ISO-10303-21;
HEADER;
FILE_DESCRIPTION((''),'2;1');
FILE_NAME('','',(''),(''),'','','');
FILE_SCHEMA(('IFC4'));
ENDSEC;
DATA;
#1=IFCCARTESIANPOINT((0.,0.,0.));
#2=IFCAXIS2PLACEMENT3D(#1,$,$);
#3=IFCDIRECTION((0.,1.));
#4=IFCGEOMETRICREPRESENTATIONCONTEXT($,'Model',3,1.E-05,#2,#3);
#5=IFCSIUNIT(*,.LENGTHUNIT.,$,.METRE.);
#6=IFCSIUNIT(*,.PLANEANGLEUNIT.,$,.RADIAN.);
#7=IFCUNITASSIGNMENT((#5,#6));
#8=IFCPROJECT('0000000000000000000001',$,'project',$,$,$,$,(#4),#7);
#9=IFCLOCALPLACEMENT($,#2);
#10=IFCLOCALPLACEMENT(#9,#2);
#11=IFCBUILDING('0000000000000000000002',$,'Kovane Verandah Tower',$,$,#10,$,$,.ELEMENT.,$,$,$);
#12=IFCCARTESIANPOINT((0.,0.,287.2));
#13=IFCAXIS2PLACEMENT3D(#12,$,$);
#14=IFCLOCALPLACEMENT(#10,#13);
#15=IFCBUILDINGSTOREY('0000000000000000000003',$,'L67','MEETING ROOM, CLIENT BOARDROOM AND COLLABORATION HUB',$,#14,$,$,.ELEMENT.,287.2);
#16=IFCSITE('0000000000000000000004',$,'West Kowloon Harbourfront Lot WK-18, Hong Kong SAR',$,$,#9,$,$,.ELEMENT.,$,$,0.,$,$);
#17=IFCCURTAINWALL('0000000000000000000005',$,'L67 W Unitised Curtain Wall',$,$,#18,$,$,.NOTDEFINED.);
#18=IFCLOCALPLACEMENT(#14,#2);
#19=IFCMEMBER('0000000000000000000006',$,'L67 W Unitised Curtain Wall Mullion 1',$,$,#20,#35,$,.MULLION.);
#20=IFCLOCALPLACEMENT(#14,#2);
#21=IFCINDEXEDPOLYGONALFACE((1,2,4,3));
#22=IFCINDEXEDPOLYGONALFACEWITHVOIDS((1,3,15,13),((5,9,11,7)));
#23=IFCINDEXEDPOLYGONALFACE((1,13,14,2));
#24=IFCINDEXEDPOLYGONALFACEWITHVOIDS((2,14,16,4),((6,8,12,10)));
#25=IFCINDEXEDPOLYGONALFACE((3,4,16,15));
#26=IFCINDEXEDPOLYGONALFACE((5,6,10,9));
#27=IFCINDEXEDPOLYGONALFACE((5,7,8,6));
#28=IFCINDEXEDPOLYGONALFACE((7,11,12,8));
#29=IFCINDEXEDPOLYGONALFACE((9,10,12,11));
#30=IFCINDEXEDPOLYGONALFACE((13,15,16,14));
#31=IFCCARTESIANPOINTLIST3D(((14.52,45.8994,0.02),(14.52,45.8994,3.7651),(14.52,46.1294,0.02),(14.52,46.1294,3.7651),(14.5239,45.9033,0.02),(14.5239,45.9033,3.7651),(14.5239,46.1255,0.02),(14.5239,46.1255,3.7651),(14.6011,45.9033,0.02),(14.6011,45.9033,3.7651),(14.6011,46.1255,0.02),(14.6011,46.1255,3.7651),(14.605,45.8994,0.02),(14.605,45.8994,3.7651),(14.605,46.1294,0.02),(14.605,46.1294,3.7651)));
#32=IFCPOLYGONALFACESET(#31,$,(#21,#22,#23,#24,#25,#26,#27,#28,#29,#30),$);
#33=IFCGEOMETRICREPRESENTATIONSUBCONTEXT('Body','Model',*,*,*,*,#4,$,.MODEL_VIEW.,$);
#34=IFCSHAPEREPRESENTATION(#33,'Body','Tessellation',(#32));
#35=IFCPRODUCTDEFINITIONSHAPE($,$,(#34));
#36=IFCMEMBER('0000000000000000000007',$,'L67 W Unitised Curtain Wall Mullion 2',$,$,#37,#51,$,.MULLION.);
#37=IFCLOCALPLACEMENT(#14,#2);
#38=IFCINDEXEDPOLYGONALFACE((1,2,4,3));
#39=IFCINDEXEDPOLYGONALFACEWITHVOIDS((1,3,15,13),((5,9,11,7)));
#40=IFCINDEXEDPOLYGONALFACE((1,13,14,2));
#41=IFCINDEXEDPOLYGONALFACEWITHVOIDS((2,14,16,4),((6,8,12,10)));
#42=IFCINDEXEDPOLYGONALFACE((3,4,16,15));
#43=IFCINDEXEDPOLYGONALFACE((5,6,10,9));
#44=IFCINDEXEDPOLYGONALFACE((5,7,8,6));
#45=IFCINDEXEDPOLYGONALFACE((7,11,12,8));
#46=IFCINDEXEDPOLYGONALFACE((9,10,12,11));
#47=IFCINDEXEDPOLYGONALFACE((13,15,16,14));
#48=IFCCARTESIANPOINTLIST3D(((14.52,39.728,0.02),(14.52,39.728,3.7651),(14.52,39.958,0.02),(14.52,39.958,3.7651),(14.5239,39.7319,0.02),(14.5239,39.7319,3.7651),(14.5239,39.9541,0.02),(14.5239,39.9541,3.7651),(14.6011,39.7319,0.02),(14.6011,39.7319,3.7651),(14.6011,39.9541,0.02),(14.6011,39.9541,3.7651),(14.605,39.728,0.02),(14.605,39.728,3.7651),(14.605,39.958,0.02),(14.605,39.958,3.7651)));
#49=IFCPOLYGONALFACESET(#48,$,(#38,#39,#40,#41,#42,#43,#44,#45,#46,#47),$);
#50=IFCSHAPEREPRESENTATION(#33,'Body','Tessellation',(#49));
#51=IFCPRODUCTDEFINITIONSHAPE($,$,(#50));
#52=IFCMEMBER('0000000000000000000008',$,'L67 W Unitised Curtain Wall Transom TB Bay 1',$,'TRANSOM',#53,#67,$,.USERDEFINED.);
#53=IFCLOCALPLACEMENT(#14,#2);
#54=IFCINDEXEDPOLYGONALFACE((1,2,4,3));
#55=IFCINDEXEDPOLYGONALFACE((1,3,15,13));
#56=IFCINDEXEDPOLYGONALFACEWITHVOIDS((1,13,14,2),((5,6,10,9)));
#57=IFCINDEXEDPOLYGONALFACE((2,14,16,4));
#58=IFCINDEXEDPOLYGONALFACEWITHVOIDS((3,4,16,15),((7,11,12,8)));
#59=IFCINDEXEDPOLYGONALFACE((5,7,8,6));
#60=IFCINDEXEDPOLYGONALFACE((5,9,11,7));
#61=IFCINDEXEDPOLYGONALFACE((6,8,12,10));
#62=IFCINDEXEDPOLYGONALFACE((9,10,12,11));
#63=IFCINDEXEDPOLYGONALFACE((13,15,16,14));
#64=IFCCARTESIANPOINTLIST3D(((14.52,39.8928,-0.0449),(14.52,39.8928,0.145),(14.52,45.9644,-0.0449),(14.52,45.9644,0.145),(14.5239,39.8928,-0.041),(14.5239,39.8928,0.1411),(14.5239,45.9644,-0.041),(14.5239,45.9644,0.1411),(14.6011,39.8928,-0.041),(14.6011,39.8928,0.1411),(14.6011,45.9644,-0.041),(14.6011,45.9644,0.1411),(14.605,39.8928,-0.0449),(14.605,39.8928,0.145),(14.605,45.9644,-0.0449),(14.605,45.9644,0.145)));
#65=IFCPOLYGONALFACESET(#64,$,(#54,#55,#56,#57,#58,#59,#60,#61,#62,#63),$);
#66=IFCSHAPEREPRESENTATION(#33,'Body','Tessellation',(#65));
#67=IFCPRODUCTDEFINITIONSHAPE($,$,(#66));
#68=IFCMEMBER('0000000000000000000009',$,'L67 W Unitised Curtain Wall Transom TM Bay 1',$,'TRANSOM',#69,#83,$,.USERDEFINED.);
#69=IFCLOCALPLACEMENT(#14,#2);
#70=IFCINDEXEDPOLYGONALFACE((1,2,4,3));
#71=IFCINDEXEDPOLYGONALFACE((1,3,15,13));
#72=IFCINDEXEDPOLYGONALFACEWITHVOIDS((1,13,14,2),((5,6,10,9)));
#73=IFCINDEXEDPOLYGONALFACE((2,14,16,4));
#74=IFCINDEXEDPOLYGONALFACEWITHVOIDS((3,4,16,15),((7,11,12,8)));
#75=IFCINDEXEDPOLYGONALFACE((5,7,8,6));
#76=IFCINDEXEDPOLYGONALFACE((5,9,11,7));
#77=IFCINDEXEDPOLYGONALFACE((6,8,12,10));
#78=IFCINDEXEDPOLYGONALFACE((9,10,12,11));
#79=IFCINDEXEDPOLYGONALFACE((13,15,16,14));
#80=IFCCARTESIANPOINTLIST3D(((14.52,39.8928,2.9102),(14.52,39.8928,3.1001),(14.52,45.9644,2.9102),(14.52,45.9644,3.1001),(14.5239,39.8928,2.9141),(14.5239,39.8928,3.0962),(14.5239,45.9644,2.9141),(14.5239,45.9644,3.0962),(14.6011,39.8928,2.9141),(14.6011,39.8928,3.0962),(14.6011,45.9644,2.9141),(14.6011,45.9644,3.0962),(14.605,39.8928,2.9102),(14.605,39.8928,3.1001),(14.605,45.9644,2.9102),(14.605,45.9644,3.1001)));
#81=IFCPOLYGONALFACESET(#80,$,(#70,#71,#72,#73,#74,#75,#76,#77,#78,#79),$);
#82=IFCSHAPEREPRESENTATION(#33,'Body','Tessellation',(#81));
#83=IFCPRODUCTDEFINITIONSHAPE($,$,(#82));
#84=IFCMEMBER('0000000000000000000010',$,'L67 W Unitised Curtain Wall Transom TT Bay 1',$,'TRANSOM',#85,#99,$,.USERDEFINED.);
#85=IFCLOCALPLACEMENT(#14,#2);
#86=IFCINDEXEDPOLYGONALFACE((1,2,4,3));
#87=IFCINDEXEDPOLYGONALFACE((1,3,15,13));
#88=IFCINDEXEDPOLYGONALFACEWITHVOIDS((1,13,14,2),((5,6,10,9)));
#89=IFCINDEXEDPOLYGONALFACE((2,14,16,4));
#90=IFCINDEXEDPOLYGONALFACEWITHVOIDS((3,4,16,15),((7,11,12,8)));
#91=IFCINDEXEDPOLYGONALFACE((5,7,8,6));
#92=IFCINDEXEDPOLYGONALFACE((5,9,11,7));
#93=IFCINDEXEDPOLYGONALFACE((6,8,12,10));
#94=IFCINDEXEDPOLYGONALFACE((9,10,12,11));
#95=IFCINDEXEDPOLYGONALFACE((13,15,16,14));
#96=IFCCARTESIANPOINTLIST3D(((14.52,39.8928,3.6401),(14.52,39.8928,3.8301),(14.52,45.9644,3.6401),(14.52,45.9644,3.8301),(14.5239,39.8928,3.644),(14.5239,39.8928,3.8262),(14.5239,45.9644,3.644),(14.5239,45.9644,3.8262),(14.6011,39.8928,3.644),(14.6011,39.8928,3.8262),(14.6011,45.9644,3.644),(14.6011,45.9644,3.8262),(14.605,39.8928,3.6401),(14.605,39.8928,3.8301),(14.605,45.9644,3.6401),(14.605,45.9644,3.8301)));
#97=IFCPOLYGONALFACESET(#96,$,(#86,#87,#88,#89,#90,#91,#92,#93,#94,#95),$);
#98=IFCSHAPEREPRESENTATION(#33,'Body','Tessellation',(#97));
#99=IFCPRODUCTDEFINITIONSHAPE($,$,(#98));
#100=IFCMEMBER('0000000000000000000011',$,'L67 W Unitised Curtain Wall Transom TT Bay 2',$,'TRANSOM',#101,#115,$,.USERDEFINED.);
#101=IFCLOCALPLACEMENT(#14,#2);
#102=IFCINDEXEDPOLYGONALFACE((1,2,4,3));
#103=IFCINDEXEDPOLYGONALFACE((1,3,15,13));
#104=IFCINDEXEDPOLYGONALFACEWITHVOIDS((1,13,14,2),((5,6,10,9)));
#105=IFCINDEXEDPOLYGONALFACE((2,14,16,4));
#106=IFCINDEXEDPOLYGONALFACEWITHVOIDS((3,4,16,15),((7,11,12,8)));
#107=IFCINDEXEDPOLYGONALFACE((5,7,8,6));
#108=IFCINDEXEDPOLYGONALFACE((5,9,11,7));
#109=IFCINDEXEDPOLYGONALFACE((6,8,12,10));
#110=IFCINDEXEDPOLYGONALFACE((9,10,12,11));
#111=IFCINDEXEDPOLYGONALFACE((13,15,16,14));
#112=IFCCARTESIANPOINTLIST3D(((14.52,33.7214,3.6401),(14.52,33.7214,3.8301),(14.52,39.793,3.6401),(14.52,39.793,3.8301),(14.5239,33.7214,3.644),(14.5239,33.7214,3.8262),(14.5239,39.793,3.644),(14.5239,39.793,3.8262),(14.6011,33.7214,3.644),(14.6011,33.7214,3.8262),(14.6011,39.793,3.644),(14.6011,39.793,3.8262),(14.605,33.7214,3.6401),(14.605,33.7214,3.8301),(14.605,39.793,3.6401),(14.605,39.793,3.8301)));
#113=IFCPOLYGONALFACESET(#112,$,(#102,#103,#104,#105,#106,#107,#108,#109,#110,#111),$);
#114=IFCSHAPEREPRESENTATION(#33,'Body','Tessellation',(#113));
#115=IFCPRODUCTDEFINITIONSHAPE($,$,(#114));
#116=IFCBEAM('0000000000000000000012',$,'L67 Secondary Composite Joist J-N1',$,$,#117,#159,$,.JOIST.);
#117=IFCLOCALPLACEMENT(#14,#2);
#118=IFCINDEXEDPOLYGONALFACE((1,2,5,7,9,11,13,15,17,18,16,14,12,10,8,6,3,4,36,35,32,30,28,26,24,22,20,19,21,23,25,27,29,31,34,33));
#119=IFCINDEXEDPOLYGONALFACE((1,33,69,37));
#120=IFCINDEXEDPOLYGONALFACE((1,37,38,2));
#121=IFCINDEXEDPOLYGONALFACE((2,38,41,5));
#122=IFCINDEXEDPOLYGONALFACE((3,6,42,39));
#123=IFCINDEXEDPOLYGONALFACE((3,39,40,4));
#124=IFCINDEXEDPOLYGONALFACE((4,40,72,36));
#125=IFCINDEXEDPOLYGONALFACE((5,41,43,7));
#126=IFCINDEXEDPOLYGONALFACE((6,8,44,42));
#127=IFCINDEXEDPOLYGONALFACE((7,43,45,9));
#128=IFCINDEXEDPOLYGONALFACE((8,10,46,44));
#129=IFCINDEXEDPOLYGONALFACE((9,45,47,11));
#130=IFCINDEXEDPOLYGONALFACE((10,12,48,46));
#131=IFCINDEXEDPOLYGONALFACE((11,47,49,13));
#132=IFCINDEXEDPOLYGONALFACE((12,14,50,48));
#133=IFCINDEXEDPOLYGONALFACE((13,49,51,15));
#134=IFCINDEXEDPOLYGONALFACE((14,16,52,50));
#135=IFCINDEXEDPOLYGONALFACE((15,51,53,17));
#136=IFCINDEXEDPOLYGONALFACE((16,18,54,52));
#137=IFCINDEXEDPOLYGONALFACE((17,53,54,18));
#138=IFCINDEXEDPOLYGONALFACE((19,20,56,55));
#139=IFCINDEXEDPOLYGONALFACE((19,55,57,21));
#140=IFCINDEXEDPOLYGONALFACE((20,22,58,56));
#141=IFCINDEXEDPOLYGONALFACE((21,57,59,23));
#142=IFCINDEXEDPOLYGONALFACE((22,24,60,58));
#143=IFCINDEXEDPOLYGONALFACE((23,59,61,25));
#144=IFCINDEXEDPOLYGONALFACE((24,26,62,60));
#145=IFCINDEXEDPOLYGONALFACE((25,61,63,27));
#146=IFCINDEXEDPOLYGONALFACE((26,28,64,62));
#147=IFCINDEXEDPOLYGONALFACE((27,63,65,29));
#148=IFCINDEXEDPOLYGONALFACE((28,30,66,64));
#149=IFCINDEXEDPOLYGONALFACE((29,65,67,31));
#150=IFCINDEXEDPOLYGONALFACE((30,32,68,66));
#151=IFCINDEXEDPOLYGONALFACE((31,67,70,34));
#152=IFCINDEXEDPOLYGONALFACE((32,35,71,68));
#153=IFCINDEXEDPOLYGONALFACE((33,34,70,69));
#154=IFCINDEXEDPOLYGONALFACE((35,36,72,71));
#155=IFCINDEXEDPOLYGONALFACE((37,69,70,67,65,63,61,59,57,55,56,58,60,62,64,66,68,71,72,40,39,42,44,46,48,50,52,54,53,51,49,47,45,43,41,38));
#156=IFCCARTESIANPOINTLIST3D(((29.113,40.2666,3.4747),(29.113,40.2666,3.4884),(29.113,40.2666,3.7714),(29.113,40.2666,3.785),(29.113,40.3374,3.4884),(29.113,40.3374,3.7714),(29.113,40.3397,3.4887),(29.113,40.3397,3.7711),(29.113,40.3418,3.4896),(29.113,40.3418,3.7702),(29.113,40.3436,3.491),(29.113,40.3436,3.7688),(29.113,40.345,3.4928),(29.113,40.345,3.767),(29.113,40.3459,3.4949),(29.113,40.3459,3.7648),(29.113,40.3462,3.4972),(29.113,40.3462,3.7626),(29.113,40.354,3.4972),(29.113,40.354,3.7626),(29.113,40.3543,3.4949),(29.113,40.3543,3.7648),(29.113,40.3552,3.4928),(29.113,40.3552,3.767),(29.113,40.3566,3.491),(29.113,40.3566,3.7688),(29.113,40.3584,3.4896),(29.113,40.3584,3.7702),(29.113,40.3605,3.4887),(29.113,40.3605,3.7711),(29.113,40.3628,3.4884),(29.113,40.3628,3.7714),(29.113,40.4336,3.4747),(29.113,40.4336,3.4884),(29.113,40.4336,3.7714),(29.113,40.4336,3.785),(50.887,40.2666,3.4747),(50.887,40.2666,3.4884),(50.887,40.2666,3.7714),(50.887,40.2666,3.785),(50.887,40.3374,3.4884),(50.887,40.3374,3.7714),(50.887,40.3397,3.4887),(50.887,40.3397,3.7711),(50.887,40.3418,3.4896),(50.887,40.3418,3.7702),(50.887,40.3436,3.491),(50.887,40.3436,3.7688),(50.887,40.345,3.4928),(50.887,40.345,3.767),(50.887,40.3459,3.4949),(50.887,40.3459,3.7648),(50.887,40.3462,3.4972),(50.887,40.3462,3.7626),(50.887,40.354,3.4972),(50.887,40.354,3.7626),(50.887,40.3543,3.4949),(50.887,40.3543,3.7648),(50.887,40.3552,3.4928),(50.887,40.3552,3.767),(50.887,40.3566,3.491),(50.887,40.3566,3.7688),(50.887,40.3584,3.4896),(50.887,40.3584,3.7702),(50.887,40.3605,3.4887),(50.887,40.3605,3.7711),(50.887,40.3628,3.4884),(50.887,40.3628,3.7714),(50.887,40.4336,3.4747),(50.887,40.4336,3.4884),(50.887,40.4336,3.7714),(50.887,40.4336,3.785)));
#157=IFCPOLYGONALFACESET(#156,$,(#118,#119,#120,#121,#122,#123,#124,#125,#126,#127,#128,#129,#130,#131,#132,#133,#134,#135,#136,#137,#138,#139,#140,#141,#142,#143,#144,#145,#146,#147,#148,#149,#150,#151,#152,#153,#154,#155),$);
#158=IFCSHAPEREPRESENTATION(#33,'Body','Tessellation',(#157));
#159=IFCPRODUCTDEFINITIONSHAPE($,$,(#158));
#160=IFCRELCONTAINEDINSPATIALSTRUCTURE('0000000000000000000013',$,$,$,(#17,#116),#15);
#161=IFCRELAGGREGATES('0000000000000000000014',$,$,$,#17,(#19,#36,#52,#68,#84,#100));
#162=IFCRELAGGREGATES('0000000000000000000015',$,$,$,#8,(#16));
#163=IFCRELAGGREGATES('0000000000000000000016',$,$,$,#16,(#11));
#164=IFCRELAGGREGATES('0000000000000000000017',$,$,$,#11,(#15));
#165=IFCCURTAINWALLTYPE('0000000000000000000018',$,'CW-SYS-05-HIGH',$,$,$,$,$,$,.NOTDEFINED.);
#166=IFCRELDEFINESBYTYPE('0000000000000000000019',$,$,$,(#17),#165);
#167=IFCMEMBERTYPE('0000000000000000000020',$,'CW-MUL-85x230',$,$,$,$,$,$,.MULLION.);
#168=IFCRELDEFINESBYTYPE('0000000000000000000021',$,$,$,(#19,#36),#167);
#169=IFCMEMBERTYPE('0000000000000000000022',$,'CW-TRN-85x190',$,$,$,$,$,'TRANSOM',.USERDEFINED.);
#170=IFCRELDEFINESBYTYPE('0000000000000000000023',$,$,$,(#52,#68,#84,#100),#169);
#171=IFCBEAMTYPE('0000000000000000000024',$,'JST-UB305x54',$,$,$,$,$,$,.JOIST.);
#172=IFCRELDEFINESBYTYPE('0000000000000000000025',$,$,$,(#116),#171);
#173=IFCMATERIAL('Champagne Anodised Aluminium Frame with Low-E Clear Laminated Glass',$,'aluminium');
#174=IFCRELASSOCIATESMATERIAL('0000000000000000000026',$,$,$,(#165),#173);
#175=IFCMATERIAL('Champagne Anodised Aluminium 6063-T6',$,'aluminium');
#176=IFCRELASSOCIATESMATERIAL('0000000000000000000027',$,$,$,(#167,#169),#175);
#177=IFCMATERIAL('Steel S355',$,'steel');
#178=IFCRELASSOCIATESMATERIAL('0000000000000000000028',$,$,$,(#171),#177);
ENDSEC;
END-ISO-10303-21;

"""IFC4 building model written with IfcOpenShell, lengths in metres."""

from ifc_helpers import new_model, si_unit, direction, frame, origin, origin_2d, place, context, subcontext, project, spatial, hollow_rectangle, i_section, extrude, material, material_profile, profile_set, type_object, element, aggregate, save


model = new_model("IFC4")

# Units and contexts
model_context = context("Model", 3, precision=1e-05, world=origin(), true_north=direction((0.0, 1.0)))
body_context = subcontext(model_context, "Body", "Model", "MODEL_VIEW")
ifc_project = project(units=[si_unit("LENGTHUNIT", "METRE"), si_unit("PLANEANGLEUNIT", "RADIAN")], contexts=[model_context])

# Site, building, storey
site_placement = place(None, origin())
site = spatial("IfcSite", under=ifc_project, at=site_placement, Name="West Kowloon Harbourfront Lot WK-18, Hong Kong SAR", CompositionType="ELEMENT", RefElevation=0.0)
building_placement = place(site_placement, origin())
building = spatial("IfcBuilding", under=site, at=building_placement, Name="Kovane Verandah Tower", CompositionType="ELEMENT")
storey_placement = place(building_placement, frame((0.0, 0.0, 287.2)))
storey = spatial("IfcBuildingStorey", under=building, at=storey_placement, Name="L67", Description="MEETING ROOM, CLIENT BOARDROOM AND COLLABORATION HUB", CompositionType="ELEMENT", Elevation=287.2)

# Shared definitions
ifc_material_1 = material(Name="Steel S355", Category="steel")

# Curtain wall, members
ifc_material_2 = material(Name="Champagne Anodised Aluminium Frame with Low-E Clear Laminated Glass", Category="aluminium")
curtain_wall_type = type_object("IfcCurtainWallType", Name="CW-SYS-05-HIGH", PredefinedType="NOTDEFINED", material=ifc_material_2)
curtain_wall_placement = place(storey_placement, origin())
curtain_wall = element("IfcCurtainWall", 1, at=curtain_wall_placement, inside=storey, type_object=curtain_wall_type, Name="L67 W Unitised Curtain Wall", PredefinedType="NOTDEFINED")
ifc_material_3 = material(Name="Champagne Anodised Aluminium 6063-T6", Category="aluminium")
ifc_material_profile_1 = material_profile(ifc_material_3, hollow_rectangle(XDim=0.085, YDim=0.23, WallThickness=0.0039, at=origin_2d()), Name="AL85x230x4")
ifc_profile_set_1 = profile_set([ifc_material_profile_1], Name="Champagne Anodised Aluminium 6063-T6")
member_type_1 = type_object("IfcMemberType", Name="CW-MUL-85x230", PredefinedType="MULLION", material=ifc_profile_set_1)
member_1_placement = place(storey_placement, frame((14.5625, 46.0144, 0.02), z_axis=(0.0, 0.0, 1.0), x_axis=(-1.0, 0.0, 0.0)))
member_1 = element("IfcMember", 2, at=member_1_placement, type_object=member_type_1, Name="L67 W Unitised Curtain Wall Mullion 1", PredefinedType="MULLION", context=body_context, shape_type="SweptSolid", body=[
    extrude(hollow_rectangle(XDim=0.085, YDim=0.23, WallThickness=0.0039, at=origin_2d()), origin(), (0.0, 0.0, 1.0), 3.7451),
])
member_2_placement = place(storey_placement, frame((14.5625, 39.843, 0.02), z_axis=(0.0, 0.0, 1.0), x_axis=(-1.0, 0.0, 0.0)))
member_2 = element("IfcMember", 3, at=member_2_placement, type_object=member_type_1, Name="L67 W Unitised Curtain Wall Mullion 2", PredefinedType="MULLION", context=body_context, shape_type="SweptSolid", body=[
    extrude(hollow_rectangle(XDim=0.085, YDim=0.23, WallThickness=0.0039, at=origin_2d()), origin(), (0.0, 0.0, 1.0), 3.7451),
])
ifc_material_profile_2 = material_profile(ifc_material_3, hollow_rectangle(XDim=0.085, YDim=0.1899, WallThickness=0.0039, at=origin_2d()), Name="AL85x190x4")
ifc_profile_set_2 = profile_set([ifc_material_profile_2], Name="Champagne Anodised Aluminium 6063-T6")
member_type_2 = type_object("IfcMemberType", Name="CW-TRN-85x190", ElementType="TRANSOM", PredefinedType="USERDEFINED", material=ifc_profile_set_2)
member_3_placement = place(storey_placement, frame((14.5625, 45.9644, 0.05), z_axis=(0.0, -1.0, 0.0), x_axis=(1.0, 0.0, 0.0)))
member_3 = element("IfcMember", 4, at=member_3_placement, type_object=member_type_2, Name="L67 W Unitised Curtain Wall Transom TB Bay 1", ObjectType="TRANSOM", PredefinedType="USERDEFINED", context=body_context, shape_type="SweptSolid", body=[
    extrude(hollow_rectangle(XDim=0.085, YDim=0.1899, WallThickness=0.0039, at=origin_2d()), origin(), (0.0, 0.0, 1.0), 6.0715),
])
member_4_placement = place(storey_placement, frame((14.5625, 45.9644, 3.0051), z_axis=(0.0, -1.0, 0.0), x_axis=(1.0, 0.0, 0.0)))
member_4 = element("IfcMember", 5, at=member_4_placement, type_object=member_type_2, Name="L67 W Unitised Curtain Wall Transom TM Bay 1", ObjectType="TRANSOM", PredefinedType="USERDEFINED", context=body_context, shape_type="SweptSolid", body=[
    extrude(hollow_rectangle(XDim=0.085, YDim=0.1899, WallThickness=0.0039, at=origin_2d()), origin(), (0.0, 0.0, 1.0), 6.0715),
])
member_5_placement = place(storey_placement, frame((14.5625, 45.9644, 3.7351), z_axis=(0.0, -1.0, 0.0), x_axis=(1.0, 0.0, 0.0)))
member_5 = element("IfcMember", 6, at=member_5_placement, type_object=member_type_2, Name="L67 W Unitised Curtain Wall Transom TT Bay 1", ObjectType="TRANSOM", PredefinedType="USERDEFINED", context=body_context, shape_type="SweptSolid", body=[
    extrude(hollow_rectangle(XDim=0.085, YDim=0.1899, WallThickness=0.0039, at=origin_2d()), origin(), (0.0, 0.0, 1.0), 6.0715),
])
member_6_placement = place(storey_placement, frame((14.5625, 39.793, 3.7351), z_axis=(0.0, -1.0, 0.0), x_axis=(1.0, 0.0, 0.0)))
member_6 = element("IfcMember", 7, at=member_6_placement, type_object=member_type_2, Name="L67 W Unitised Curtain Wall Transom TT Bay 2", ObjectType="TRANSOM", PredefinedType="USERDEFINED", context=body_context, shape_type="SweptSolid", body=[
    extrude(hollow_rectangle(XDim=0.085, YDim=0.1899, WallThickness=0.0039, at=origin_2d()), origin(), (0.0, 0.0, 1.0), 6.0715),
])

# Beam
ifc_material_profile_3 = material_profile(ifc_material_1, i_section(OverallWidth=0.167, OverallDepth=0.3103, WebThickness=0.0078, FlangeThickness=0.0137, FilletRadius=0.0088, at=origin_2d()), Name="UB305x165x54")
ifc_profile_set_3 = profile_set([ifc_material_profile_3], Name="Steel S355")
beam_type_1 = type_object("IfcBeamType", Name="JST-UB305x54", PredefinedType="JOIST", material=ifc_profile_set_3)
beam_1_placement = place(storey_placement, frame((29.113, 40.3501, 3.6299), z_axis=(1.0, 0.0, 0.0), x_axis=(0.0, 1.0, 0.0)))
element("IfcBeam", 8, at=beam_1_placement, inside=storey, type_object=beam_type_1, Name="L67 Secondary Composite Joist J-N1", PredefinedType="JOIST", context=body_context, shape_type="SweptSolid", body=[
    extrude(i_section(OverallWidth=0.167, OverallDepth=0.3103, WebThickness=0.0078, FlangeThickness=0.0137, FilletRadius=0.0088, at=origin_2d()), origin(), (0.0, 0.0, 1.0), 21.7739),
])

aggregate(curtain_wall, [member_1, member_2, member_3, member_4, member_5, member_6])

save(model, "model.ifc")
